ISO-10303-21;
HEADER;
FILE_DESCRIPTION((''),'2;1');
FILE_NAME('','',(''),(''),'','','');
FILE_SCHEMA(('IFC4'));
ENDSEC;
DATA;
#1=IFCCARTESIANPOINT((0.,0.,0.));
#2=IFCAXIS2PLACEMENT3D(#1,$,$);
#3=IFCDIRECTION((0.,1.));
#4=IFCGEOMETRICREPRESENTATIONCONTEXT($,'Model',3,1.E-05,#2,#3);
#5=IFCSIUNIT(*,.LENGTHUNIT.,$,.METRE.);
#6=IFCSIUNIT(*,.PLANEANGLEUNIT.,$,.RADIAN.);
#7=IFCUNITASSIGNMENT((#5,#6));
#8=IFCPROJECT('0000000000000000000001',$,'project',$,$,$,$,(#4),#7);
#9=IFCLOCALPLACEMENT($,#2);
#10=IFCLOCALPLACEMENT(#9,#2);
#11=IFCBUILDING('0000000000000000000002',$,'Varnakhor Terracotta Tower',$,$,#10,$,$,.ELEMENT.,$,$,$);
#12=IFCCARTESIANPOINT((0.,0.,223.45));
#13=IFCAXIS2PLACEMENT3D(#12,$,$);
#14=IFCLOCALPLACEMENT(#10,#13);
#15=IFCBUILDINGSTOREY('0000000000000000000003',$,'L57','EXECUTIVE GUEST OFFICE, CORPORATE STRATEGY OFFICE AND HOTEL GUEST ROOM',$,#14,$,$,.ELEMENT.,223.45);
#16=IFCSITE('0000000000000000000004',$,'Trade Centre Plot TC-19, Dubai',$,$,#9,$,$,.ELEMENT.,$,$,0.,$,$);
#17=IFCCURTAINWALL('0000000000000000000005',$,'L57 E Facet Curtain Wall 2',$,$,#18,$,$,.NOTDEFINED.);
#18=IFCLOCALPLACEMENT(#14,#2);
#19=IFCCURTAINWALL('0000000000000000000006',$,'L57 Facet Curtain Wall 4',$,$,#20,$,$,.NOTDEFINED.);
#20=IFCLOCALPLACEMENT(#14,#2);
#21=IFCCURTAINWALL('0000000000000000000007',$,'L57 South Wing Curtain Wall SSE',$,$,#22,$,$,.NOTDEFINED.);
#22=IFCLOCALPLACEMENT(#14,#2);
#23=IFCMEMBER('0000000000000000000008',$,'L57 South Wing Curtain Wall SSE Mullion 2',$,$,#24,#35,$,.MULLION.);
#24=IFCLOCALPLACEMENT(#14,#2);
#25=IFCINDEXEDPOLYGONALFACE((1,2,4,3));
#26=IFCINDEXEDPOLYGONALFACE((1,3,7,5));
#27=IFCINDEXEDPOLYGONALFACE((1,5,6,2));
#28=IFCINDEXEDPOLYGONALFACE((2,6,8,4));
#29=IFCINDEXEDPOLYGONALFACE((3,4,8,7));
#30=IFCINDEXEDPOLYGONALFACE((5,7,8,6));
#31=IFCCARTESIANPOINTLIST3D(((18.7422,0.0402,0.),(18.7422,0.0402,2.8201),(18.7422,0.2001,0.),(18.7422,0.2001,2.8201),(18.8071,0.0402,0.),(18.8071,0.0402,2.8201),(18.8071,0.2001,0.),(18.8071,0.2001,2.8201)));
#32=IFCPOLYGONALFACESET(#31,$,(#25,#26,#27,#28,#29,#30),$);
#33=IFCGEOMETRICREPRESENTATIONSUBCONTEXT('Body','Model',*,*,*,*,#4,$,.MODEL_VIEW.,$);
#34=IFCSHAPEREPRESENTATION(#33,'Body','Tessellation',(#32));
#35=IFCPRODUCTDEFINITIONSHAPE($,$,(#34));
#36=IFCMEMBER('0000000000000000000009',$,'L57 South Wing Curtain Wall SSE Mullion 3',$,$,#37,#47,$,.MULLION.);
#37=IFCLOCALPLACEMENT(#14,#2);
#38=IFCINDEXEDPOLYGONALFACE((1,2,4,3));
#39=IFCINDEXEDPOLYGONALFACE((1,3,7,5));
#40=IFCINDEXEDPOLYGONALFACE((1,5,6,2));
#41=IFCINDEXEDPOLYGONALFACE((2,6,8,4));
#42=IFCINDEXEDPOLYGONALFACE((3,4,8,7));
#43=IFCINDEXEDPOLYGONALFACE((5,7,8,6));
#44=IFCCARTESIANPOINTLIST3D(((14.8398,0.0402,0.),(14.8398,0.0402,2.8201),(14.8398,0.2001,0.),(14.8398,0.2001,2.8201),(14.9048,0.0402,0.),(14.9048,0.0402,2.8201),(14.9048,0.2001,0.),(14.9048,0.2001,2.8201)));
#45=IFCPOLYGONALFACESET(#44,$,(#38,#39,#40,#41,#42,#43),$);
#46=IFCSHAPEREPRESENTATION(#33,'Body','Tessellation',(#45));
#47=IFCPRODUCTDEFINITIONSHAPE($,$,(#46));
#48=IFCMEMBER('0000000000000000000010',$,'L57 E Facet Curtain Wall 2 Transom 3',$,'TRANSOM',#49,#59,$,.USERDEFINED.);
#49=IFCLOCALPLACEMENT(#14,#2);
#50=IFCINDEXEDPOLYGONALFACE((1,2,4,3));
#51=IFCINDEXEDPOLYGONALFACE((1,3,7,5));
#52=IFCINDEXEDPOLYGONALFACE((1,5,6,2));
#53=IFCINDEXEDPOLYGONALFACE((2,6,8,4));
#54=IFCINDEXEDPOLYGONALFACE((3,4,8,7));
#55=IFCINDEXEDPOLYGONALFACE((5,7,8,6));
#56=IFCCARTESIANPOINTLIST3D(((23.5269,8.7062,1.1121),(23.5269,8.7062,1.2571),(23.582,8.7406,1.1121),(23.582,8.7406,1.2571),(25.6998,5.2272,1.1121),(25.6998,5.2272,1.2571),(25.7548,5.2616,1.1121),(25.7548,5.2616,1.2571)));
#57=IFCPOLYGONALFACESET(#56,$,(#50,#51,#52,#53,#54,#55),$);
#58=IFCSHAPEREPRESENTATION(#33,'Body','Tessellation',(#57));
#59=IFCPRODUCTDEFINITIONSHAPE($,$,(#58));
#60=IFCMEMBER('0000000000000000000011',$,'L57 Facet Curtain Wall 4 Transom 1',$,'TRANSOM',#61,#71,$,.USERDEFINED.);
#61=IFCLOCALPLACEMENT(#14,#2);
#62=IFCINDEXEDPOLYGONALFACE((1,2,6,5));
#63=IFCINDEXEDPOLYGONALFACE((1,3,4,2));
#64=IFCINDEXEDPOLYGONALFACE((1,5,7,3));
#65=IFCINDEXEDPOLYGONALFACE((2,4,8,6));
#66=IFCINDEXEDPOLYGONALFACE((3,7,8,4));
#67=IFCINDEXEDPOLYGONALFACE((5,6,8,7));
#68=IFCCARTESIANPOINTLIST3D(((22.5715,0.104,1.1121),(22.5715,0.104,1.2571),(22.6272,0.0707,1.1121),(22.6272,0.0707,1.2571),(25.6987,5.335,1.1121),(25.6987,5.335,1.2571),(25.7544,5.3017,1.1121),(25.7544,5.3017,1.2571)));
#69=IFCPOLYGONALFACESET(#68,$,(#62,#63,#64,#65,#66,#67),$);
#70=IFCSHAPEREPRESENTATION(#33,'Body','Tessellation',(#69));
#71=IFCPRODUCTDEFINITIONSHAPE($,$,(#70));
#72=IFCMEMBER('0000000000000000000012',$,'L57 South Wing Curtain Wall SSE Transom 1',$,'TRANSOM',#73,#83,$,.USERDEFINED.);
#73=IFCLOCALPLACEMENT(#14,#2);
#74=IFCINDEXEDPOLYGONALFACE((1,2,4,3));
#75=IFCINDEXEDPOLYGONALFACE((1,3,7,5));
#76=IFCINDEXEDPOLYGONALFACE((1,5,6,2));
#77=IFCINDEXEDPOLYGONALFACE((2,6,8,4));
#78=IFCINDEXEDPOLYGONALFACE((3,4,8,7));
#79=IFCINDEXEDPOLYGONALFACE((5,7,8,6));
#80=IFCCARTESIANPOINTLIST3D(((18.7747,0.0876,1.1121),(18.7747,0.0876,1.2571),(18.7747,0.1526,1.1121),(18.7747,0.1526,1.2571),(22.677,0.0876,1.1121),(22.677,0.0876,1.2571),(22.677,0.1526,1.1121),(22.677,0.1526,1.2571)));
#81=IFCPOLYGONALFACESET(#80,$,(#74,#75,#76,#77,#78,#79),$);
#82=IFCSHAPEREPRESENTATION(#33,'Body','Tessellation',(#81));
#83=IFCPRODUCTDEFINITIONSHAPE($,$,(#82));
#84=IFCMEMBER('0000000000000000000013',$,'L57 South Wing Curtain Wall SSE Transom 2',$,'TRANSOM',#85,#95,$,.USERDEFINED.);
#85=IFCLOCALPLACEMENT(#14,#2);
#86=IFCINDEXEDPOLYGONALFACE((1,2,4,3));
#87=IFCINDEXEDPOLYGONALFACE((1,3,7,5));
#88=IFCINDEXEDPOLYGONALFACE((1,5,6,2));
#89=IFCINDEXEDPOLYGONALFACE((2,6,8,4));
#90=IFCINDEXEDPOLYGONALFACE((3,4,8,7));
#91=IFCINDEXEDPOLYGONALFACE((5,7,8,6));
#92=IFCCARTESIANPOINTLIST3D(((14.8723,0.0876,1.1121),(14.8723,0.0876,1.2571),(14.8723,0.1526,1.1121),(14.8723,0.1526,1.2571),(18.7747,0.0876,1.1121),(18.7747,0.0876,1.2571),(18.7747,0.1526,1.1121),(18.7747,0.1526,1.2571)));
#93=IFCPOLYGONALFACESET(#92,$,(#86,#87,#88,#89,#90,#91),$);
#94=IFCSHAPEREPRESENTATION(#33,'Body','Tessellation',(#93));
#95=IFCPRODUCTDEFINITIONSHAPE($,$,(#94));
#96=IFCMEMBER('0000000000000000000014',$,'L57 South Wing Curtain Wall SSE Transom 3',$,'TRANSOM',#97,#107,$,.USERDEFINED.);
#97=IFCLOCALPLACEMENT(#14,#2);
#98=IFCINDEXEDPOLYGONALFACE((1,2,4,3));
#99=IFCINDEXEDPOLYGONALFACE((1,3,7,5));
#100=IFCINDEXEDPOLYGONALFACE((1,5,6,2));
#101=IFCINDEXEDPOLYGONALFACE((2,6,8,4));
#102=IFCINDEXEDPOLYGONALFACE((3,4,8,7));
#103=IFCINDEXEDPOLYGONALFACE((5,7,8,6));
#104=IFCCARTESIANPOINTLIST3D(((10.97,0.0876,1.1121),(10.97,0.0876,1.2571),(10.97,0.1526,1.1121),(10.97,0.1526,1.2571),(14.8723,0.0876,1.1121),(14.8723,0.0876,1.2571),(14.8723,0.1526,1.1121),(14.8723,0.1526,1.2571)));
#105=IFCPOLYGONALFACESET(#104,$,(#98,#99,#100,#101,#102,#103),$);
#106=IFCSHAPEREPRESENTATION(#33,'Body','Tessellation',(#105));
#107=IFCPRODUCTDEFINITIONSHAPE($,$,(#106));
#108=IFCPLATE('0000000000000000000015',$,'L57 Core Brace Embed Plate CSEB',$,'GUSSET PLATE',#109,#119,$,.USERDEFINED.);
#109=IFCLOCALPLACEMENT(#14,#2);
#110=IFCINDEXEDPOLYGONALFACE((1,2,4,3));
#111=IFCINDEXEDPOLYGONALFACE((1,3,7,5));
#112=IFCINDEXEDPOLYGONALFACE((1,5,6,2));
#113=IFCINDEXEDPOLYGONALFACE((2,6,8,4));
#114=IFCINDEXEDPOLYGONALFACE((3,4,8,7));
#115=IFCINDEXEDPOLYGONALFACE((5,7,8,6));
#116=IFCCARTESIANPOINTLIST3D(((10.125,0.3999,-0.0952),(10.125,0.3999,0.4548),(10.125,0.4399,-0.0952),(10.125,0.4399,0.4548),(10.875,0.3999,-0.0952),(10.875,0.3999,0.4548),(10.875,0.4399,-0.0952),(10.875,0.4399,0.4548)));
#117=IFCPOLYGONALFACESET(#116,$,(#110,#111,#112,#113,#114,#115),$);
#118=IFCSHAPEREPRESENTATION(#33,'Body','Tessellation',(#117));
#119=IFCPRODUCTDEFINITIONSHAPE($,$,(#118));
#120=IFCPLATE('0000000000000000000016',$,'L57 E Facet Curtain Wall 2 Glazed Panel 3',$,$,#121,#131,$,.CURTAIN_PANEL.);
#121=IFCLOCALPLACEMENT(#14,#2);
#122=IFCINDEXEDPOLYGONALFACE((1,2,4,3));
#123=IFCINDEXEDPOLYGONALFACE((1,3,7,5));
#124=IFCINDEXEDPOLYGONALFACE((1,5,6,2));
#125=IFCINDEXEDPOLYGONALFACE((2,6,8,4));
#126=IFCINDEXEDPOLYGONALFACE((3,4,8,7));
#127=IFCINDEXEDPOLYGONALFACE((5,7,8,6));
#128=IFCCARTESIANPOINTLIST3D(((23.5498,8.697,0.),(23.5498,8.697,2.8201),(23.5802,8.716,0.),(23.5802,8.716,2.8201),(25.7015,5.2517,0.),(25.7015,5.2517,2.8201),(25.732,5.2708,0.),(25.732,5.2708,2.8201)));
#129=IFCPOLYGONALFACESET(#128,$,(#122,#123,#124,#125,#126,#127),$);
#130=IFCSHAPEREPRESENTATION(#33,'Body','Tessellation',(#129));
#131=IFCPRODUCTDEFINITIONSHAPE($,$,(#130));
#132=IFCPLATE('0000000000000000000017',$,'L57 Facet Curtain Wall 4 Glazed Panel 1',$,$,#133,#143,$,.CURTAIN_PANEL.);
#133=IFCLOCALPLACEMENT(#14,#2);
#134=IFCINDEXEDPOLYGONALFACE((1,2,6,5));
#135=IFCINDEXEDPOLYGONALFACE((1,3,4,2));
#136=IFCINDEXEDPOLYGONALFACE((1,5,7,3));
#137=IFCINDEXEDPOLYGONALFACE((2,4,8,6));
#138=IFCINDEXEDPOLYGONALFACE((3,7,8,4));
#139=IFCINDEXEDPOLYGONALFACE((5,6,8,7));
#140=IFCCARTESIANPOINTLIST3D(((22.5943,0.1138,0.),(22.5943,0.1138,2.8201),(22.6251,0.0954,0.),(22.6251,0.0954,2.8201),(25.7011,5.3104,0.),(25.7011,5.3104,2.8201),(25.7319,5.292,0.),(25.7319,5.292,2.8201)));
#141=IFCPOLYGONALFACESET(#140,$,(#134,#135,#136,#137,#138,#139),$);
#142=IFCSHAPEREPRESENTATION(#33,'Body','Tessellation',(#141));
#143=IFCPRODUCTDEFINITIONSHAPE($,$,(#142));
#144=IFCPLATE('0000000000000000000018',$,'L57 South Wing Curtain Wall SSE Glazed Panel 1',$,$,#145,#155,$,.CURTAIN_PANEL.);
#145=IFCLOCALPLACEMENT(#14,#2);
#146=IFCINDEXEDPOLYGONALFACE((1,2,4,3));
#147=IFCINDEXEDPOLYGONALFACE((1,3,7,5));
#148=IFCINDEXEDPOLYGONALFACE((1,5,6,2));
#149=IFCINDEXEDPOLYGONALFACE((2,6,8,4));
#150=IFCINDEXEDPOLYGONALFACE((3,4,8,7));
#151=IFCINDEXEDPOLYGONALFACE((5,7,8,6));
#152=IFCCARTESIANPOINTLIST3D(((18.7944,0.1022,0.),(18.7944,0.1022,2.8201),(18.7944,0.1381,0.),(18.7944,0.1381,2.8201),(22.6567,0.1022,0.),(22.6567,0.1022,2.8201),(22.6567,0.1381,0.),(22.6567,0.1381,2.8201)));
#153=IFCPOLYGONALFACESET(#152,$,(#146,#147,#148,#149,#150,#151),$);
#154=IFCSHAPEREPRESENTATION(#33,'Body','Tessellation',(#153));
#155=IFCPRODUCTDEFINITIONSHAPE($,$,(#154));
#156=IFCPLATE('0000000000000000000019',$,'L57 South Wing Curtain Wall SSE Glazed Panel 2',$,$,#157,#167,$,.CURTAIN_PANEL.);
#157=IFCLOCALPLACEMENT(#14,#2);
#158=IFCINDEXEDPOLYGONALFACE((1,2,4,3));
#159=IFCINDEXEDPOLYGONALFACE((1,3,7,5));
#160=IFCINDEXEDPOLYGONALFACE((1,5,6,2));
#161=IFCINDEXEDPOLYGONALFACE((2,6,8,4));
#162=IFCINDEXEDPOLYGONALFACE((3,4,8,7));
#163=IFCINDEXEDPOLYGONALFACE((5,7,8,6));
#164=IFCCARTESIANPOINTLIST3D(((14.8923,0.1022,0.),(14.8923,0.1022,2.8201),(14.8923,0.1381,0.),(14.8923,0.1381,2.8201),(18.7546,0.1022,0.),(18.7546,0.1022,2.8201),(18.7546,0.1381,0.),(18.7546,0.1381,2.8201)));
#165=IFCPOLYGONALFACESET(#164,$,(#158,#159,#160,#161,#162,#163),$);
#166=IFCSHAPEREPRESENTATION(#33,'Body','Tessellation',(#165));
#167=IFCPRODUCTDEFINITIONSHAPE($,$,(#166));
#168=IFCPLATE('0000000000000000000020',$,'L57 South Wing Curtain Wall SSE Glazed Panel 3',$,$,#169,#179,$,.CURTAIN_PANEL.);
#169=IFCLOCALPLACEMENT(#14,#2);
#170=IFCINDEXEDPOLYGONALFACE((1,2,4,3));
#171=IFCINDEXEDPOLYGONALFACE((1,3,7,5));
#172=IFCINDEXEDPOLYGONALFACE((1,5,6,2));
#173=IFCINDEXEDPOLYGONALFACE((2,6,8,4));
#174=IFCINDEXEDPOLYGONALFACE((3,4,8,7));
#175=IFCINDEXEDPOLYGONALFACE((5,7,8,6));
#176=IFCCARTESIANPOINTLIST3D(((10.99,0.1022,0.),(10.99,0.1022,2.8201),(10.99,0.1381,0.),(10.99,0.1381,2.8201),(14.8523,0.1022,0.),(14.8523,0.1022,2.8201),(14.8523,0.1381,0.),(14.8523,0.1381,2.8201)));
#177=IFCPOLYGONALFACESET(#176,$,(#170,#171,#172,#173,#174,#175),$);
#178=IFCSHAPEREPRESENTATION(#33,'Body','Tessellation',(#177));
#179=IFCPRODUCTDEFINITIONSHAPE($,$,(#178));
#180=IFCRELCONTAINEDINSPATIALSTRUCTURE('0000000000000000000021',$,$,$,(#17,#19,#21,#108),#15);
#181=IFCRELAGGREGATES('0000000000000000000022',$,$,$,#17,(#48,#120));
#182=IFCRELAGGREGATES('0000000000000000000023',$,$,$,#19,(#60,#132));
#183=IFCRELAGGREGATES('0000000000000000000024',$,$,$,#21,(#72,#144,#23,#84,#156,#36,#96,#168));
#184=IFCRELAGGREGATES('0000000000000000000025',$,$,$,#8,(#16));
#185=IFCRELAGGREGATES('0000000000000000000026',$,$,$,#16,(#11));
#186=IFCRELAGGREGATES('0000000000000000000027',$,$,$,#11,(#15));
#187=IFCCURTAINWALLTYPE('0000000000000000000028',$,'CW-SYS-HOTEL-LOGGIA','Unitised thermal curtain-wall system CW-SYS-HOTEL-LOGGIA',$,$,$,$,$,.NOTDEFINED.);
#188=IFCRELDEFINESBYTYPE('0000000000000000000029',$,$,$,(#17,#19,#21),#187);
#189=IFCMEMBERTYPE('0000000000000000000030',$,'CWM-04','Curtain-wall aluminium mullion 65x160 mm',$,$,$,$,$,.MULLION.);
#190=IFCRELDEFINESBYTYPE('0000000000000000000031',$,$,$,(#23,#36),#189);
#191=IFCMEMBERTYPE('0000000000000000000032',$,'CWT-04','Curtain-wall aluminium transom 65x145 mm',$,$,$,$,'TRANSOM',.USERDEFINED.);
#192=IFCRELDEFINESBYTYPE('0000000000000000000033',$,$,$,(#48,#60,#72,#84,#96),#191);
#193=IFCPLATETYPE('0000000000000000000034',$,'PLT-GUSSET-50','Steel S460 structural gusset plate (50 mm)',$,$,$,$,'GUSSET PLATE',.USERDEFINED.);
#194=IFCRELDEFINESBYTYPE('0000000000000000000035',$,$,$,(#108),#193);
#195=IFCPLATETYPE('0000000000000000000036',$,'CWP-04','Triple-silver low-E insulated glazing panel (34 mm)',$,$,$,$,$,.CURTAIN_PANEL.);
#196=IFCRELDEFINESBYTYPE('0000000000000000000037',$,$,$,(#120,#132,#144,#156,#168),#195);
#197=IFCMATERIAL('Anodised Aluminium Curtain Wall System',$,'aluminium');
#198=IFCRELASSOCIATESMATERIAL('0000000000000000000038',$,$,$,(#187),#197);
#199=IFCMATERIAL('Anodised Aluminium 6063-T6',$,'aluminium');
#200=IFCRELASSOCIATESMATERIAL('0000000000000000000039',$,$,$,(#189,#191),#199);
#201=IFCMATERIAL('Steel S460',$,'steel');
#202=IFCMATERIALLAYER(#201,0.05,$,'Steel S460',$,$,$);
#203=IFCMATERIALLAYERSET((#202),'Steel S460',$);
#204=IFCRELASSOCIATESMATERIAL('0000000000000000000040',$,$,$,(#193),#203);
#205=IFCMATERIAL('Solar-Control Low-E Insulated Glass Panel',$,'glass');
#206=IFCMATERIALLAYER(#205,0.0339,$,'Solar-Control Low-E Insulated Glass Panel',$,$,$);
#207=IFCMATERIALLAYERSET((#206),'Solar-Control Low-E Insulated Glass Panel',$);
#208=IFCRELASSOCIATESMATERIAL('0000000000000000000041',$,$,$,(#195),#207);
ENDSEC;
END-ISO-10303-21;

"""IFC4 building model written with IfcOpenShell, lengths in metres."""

from ifc_helpers import new_model, si_unit, direction, frame, origin, origin_2d, place, context, subcontext, project, spatial, rectangle, extrude, source, transform, mapped, material, layer, layer_set, material_profile, profile_set, type_object, type_shapes, element, aggregate, save


model = new_model("IFC4")

# Units and contexts
model_context = context("Model", 3, precision=1e-05, world=origin(), true_north=direction((0.0, 1.0)))
body_context = subcontext(model_context, "Body", "Model", "MODEL_VIEW")
ifc_project = project(units=[si_unit("LENGTHUNIT", "METRE"), si_unit("PLANEANGLEUNIT", "RADIAN")], contexts=[model_context])

# Site, building, storey
site_placement = place(None, origin())
site = spatial("IfcSite", under=ifc_project, at=site_placement, Name="Trade Centre Plot TC-19, Dubai", CompositionType="ELEMENT", RefElevation=0.0)
building_placement = place(site_placement, origin())
building = spatial("IfcBuilding", under=site, at=building_placement, Name="Varnakhor Terracotta Tower", CompositionType="ELEMENT")
storey_placement = place(building_placement, frame((0.0, 0.0, 223.45)))
storey = spatial("IfcBuildingStorey", under=building, at=storey_placement, Name="L57", Description="EXECUTIVE GUEST OFFICE, CORPORATE STRATEGY OFFICE AND HOTEL GUEST ROOM", CompositionType="ELEMENT", Elevation=223.45)

# Shared definitions
ifc_material_1 = material(Name="Steel S460", Category="steel")

# Curtain walls
ifc_material_2 = material(Name="Anodised Aluminium Curtain Wall System", Category="aluminium")
curtain_wall_type = type_object("IfcCurtainWallType", Name="CW-SYS-HOTEL-LOGGIA", Description="Unitised thermal curtain-wall system CW-SYS-HOTEL-LOGGIA", PredefinedType="NOTDEFINED", material=ifc_material_2)
curtain_wall_1_placement = place(storey_placement, origin())
curtain_wall_1 = element("IfcCurtainWall", 1, at=curtain_wall_1_placement, inside=storey, type_object=curtain_wall_type, Name="L57 E Facet Curtain Wall 2", PredefinedType="NOTDEFINED")
ifc_material_3 = material(Name="Anodised Aluminium 6063-T6", Category="aluminium")
ifc_material_profile_1 = material_profile(ifc_material_3, rectangle(XDim=0.0649, YDim=0.1599, at=origin_2d()), Name="ALU MULLION 65x160")
ifc_profile_set_1 = profile_set([ifc_material_profile_1], Name="Anodised Aluminium 6063-T6")
member_type_1 = type_object("IfcMemberType", Name="CWM-04", Description="Curtain-wall aluminium mullion 65x160 mm", PredefinedType="MULLION", material=ifc_profile_set_1)
shared_shape_1 = source(origin(), body_context, "Body", "SweptSolid", [
    extrude(rectangle(XDim=0.0649, YDim=0.1599, at=origin_2d()), origin(), (0.0, 0.0, 1.0), 2.8201),
])
type_shapes(member_type_1, [shared_shape_1])
curtain_wall_2_placement = place(storey_placement, origin())
curtain_wall_2 = element("IfcCurtainWall", 2, at=curtain_wall_2_placement, inside=storey, type_object=curtain_wall_type, Name="L57 Facet Curtain Wall 4", PredefinedType="NOTDEFINED")

# Curtain wall, members
curtain_wall_3_placement = place(storey_placement, origin())
curtain_wall_3 = element("IfcCurtainWall", 3, at=curtain_wall_3_placement, inside=storey, type_object=curtain_wall_type, Name="L57 South Wing Curtain Wall SSE", PredefinedType="NOTDEFINED")
member_1_placement = place(storey_placement, frame((18.7747, 0.1201, 0.0), z_axis=(0.0, 0.0, 1.0), x_axis=(1.0, 0.0, 0.0)))
member_1 = element("IfcMember", 4, at=member_1_placement, type_object=member_type_1, Name="L57 South Wing Curtain Wall SSE Mullion 2", PredefinedType="MULLION", context=body_context, shape_type="MappedRepresentation", body=[
    mapped(shared_shape_1, transform((0.0, 0.0, 0.0), scale=1.0)),
])
member_2_placement = place(storey_placement, frame((14.8723, 0.1201, 0.0), z_axis=(0.0, 0.0, 1.0), x_axis=(1.0, 0.0, 0.0)))
member_2 = element("IfcMember", 5, at=member_2_placement, type_object=member_type_1, Name="L57 South Wing Curtain Wall SSE Mullion 3", PredefinedType="MULLION", context=body_context, shape_type="MappedRepresentation", body=[
    mapped(shared_shape_1, transform((0.0, 0.0, 0.0), scale=1.0)),
])

# Members
ifc_material_profile_2 = material_profile(ifc_material_3, rectangle(XDim=0.0649, YDim=0.145, at=origin_2d()), Name="ALU TRANSOM 65x145")
ifc_profile_set_2 = profile_set([ifc_material_profile_2], Name="Anodised Aluminium 6063-T6")
member_type_2 = type_object("IfcMemberType", Name="CWT-04", Description="Curtain-wall aluminium transom 65x145 mm", ElementType="TRANSOM", PredefinedType="USERDEFINED", material=ifc_profile_set_2)
shared_shape_2 = source(origin(), body_context, "Body", "SweptSolid", [
    extrude(rectangle(XDim=0.0649, YDim=0.145, at=origin_2d()), origin(), (0.0, 0.0, 1.0), 4.1018),
])
member_3_placement = place(storey_placement, frame((23.5544, 8.7234, 1.1846), z_axis=(0.529731, -0.848165, 0.0), x_axis=(0.848165, 0.529731, 0.0)))
member_3 = element("IfcMember", 6, at=member_3_placement, type_object=member_type_2, Name="L57 E Facet Curtain Wall 2 Transom 3", ObjectType="TRANSOM", PredefinedType="USERDEFINED", context=body_context, shape_type="MappedRepresentation", body=[
    mapped(shared_shape_2, transform((0.0, 0.0, 0.0), scale=1.0)),
])
shared_shape_3 = source(origin(), body_context, "Body", "SweptSolid", [
    extrude(rectangle(XDim=0.0649, YDim=0.145, at=origin_2d()), origin(), (0.0, 0.0, 1.0), 6.0945),
])
member_4_placement = place(storey_placement, frame((25.7266, 5.3184, 1.1846), z_axis=(-0.513122, -0.858315, 0.0), x_axis=(0.858315, -0.513122, 0.0)))
member_4 = element("IfcMember", 7, at=member_4_placement, type_object=member_type_2, Name="L57 Facet Curtain Wall 4 Transom 1", ObjectType="TRANSOM", PredefinedType="USERDEFINED", context=body_context, shape_type="MappedRepresentation", body=[
    mapped(shared_shape_3, transform((0.0, 0.0, 0.0), scale=1.0)),
])
shared_shape_4 = source(origin(), body_context, "Body", "SweptSolid", [
    extrude(rectangle(XDim=0.0649, YDim=0.145, at=origin_2d()), origin(), (0.0, 0.0, 1.0), 3.9023),
])
member_5_placement = place(storey_placement, frame((22.677, 0.1201, 1.1846), z_axis=(-1.0, 0.0, 0.0), x_axis=(0.0, -1.0, 0.0)))
member_5 = element("IfcMember", 8, at=member_5_placement, type_object=member_type_2, Name="L57 South Wing Curtain Wall SSE Transom 1", ObjectType="TRANSOM", PredefinedType="USERDEFINED", context=body_context, shape_type="MappedRepresentation", body=[
    mapped(shared_shape_4, transform((0.0, 0.0, 0.0), scale=1.0)),
])
member_6_placement = place(storey_placement, frame((18.7747, 0.1201, 1.1846), z_axis=(-1.0, 0.0, 0.0), x_axis=(0.0, -1.0, 0.0)))
member_6 = element("IfcMember", 9, at=member_6_placement, type_object=member_type_2, Name="L57 South Wing Curtain Wall SSE Transom 2", ObjectType="TRANSOM", PredefinedType="USERDEFINED", context=body_context, shape_type="MappedRepresentation", body=[
    mapped(shared_shape_4, transform((0.0, 0.0, 0.0), scale=1.0)),
])
member_7_placement = place(storey_placement, frame((14.8723, 0.1201, 1.1846), z_axis=(-1.0, 0.0, 0.0), x_axis=(0.0, -1.0, 0.0)))
member_7 = element("IfcMember", 10, at=member_7_placement, type_object=member_type_2, Name="L57 South Wing Curtain Wall SSE Transom 3", ObjectType="TRANSOM", PredefinedType="USERDEFINED", context=body_context, shape_type="MappedRepresentation", body=[
    mapped(shared_shape_4, transform((0.0, 0.0, 0.0), scale=1.0)),
])

# Plates
ifc_layer_1 = layer(ifc_material_1, 0.05, Name="Steel S460")
ifc_layer_set_1 = layer_set([ifc_layer_1], Name="Steel S460")
plate_type_1 = type_object("IfcPlateType", Name="PLT-GUSSET-50", Description="Steel S460 structural gusset plate (50 mm)", ElementType="GUSSET PLATE", PredefinedType="USERDEFINED", material=ifc_layer_set_1)
shared_shape_5 = source(origin(), body_context, "Body", "SweptSolid", [
    extrude(rectangle(XDim=0.75, YDim=0.04, at=origin_2d()), origin(), (0.0, 0.0, 1.0), 0.55),
])
type_shapes(plate_type_1, [shared_shape_5])
plate_1_placement = place(storey_placement, frame((10.5, 0.4199, -0.0952), z_axis=(0.0, 0.0, 1.0), x_axis=(1.0, 0.0, 0.0)))
element("IfcPlate", 11, at=plate_1_placement, inside=storey, type_object=plate_type_1, Name="L57 Core Brace Embed Plate CSEB", ObjectType="GUSSET PLATE", PredefinedType="USERDEFINED", context=body_context, shape_type="MappedRepresentation", body=[
    mapped(shared_shape_5, transform((0.0, 0.0, 0.0), scale=1.0)),
])
ifc_material_4 = material(Name="Solar-Control Low-E Insulated Glass Panel", Category="glass")
ifc_layer_2 = layer(ifc_material_4, 0.0339, Name="Solar-Control Low-E Insulated Glass Panel")
ifc_layer_set_2 = layer_set([ifc_layer_2], Name="Solar-Control Low-E Insulated Glass Panel")
plate_type_2 = type_object("IfcPlateType", Name="CWP-04", Description="Triple-silver low-E insulated glazing panel (34 mm)", PredefinedType="CURTAIN_PANEL", material=ifc_layer_set_2)
shared_shape_6 = source(origin(), body_context, "Body", "SweptSolid", [
    extrude(rectangle(XDim=4.062, YDim=0.0359, at=origin_2d()), origin(), (0.0, 0.0, 1.0), 2.8201),
])
plate_2_placement = place(storey_placement, frame((24.6409, 6.9839, 0.0), z_axis=(0.0, 0.0, 1.0), x_axis=(0.529727, -0.848168, 0.0)))
plate_2 = element("IfcPlate", 12, at=plate_2_placement, type_object=plate_type_2, Name="L57 E Facet Curtain Wall 2 Glazed Panel 3", PredefinedType="CURTAIN_PANEL", context=body_context, shape_type="MappedRepresentation", body=[
    mapped(shared_shape_6, transform((0.0, 0.0, 0.0), scale=1.0)),
])
aggregate(curtain_wall_1, [member_3, plate_2])
shared_shape_7 = source(origin(), body_context, "Body", "SweptSolid", [
    extrude(rectangle(XDim=6.0544, YDim=0.0359, at=origin_2d()), origin(), (0.0, 0.0, 1.0), 2.8201),
])
plate_3_placement = place(storey_placement, frame((24.1631, 2.7029, 0.0), z_axis=(0.0, 0.0, 1.0), x_axis=(-0.513137, -0.858307, 0.0)))
plate_3 = element("IfcPlate", 13, at=plate_3_placement, type_object=plate_type_2, Name="L57 Facet Curtain Wall 4 Glazed Panel 1", PredefinedType="CURTAIN_PANEL", context=body_context, shape_type="MappedRepresentation", body=[
    mapped(shared_shape_7, transform((0.0, 0.0, 0.0), scale=1.0)),
])
aggregate(curtain_wall_2, [member_4, plate_3])
shared_shape_8 = source(origin(), body_context, "Body", "SweptSolid", [
    extrude(rectangle(XDim=3.8623, YDim=0.0359, at=origin_2d()), origin(), (0.0, 0.0, 1.0), 2.8201),
])
plate_4_placement = place(storey_placement, frame((20.7256, 0.1201, 0.0), z_axis=(0.0, 0.0, 1.0), x_axis=(-1.0, 0.0, 0.0)))
plate_4 = element("IfcPlate", 14, at=plate_4_placement, type_object=plate_type_2, Name="L57 South Wing Curtain Wall SSE Glazed Panel 1", PredefinedType="CURTAIN_PANEL", context=body_context, shape_type="MappedRepresentation", body=[
    mapped(shared_shape_8, transform((0.0, 0.0, 0.0), scale=1.0)),
])
plate_5_placement = place(storey_placement, frame((16.8235, 0.1201, 0.0), z_axis=(0.0, 0.0, 1.0), x_axis=(-1.0, 0.0, 0.0)))
plate_5 = element("IfcPlate", 15, at=plate_5_placement, type_object=plate_type_2, Name="L57 South Wing Curtain Wall SSE Glazed Panel 2", PredefinedType="CURTAIN_PANEL", context=body_context, shape_type="MappedRepresentation", body=[
    mapped(shared_shape_8, transform((0.0, 0.0, 0.0), scale=1.0)),
])
plate_6_placement = place(storey_placement, frame((12.9211, 0.1201, 0.0), z_axis=(0.0, 0.0, 1.0), x_axis=(-1.0, 0.0, 0.0)))
plate_6 = element("IfcPlate", 16, at=plate_6_placement, type_object=plate_type_2, Name="L57 South Wing Curtain Wall SSE Glazed Panel 3", PredefinedType="CURTAIN_PANEL", context=body_context, shape_type="MappedRepresentation", body=[
    mapped(shared_shape_8, transform((0.0, 0.0, 0.0), scale=1.0)),
])
aggregate(curtain_wall_3, [member_5, plate_4, member_1, member_6, plate_5, member_2, member_7, plate_6])

save(model, "model.ifc")
